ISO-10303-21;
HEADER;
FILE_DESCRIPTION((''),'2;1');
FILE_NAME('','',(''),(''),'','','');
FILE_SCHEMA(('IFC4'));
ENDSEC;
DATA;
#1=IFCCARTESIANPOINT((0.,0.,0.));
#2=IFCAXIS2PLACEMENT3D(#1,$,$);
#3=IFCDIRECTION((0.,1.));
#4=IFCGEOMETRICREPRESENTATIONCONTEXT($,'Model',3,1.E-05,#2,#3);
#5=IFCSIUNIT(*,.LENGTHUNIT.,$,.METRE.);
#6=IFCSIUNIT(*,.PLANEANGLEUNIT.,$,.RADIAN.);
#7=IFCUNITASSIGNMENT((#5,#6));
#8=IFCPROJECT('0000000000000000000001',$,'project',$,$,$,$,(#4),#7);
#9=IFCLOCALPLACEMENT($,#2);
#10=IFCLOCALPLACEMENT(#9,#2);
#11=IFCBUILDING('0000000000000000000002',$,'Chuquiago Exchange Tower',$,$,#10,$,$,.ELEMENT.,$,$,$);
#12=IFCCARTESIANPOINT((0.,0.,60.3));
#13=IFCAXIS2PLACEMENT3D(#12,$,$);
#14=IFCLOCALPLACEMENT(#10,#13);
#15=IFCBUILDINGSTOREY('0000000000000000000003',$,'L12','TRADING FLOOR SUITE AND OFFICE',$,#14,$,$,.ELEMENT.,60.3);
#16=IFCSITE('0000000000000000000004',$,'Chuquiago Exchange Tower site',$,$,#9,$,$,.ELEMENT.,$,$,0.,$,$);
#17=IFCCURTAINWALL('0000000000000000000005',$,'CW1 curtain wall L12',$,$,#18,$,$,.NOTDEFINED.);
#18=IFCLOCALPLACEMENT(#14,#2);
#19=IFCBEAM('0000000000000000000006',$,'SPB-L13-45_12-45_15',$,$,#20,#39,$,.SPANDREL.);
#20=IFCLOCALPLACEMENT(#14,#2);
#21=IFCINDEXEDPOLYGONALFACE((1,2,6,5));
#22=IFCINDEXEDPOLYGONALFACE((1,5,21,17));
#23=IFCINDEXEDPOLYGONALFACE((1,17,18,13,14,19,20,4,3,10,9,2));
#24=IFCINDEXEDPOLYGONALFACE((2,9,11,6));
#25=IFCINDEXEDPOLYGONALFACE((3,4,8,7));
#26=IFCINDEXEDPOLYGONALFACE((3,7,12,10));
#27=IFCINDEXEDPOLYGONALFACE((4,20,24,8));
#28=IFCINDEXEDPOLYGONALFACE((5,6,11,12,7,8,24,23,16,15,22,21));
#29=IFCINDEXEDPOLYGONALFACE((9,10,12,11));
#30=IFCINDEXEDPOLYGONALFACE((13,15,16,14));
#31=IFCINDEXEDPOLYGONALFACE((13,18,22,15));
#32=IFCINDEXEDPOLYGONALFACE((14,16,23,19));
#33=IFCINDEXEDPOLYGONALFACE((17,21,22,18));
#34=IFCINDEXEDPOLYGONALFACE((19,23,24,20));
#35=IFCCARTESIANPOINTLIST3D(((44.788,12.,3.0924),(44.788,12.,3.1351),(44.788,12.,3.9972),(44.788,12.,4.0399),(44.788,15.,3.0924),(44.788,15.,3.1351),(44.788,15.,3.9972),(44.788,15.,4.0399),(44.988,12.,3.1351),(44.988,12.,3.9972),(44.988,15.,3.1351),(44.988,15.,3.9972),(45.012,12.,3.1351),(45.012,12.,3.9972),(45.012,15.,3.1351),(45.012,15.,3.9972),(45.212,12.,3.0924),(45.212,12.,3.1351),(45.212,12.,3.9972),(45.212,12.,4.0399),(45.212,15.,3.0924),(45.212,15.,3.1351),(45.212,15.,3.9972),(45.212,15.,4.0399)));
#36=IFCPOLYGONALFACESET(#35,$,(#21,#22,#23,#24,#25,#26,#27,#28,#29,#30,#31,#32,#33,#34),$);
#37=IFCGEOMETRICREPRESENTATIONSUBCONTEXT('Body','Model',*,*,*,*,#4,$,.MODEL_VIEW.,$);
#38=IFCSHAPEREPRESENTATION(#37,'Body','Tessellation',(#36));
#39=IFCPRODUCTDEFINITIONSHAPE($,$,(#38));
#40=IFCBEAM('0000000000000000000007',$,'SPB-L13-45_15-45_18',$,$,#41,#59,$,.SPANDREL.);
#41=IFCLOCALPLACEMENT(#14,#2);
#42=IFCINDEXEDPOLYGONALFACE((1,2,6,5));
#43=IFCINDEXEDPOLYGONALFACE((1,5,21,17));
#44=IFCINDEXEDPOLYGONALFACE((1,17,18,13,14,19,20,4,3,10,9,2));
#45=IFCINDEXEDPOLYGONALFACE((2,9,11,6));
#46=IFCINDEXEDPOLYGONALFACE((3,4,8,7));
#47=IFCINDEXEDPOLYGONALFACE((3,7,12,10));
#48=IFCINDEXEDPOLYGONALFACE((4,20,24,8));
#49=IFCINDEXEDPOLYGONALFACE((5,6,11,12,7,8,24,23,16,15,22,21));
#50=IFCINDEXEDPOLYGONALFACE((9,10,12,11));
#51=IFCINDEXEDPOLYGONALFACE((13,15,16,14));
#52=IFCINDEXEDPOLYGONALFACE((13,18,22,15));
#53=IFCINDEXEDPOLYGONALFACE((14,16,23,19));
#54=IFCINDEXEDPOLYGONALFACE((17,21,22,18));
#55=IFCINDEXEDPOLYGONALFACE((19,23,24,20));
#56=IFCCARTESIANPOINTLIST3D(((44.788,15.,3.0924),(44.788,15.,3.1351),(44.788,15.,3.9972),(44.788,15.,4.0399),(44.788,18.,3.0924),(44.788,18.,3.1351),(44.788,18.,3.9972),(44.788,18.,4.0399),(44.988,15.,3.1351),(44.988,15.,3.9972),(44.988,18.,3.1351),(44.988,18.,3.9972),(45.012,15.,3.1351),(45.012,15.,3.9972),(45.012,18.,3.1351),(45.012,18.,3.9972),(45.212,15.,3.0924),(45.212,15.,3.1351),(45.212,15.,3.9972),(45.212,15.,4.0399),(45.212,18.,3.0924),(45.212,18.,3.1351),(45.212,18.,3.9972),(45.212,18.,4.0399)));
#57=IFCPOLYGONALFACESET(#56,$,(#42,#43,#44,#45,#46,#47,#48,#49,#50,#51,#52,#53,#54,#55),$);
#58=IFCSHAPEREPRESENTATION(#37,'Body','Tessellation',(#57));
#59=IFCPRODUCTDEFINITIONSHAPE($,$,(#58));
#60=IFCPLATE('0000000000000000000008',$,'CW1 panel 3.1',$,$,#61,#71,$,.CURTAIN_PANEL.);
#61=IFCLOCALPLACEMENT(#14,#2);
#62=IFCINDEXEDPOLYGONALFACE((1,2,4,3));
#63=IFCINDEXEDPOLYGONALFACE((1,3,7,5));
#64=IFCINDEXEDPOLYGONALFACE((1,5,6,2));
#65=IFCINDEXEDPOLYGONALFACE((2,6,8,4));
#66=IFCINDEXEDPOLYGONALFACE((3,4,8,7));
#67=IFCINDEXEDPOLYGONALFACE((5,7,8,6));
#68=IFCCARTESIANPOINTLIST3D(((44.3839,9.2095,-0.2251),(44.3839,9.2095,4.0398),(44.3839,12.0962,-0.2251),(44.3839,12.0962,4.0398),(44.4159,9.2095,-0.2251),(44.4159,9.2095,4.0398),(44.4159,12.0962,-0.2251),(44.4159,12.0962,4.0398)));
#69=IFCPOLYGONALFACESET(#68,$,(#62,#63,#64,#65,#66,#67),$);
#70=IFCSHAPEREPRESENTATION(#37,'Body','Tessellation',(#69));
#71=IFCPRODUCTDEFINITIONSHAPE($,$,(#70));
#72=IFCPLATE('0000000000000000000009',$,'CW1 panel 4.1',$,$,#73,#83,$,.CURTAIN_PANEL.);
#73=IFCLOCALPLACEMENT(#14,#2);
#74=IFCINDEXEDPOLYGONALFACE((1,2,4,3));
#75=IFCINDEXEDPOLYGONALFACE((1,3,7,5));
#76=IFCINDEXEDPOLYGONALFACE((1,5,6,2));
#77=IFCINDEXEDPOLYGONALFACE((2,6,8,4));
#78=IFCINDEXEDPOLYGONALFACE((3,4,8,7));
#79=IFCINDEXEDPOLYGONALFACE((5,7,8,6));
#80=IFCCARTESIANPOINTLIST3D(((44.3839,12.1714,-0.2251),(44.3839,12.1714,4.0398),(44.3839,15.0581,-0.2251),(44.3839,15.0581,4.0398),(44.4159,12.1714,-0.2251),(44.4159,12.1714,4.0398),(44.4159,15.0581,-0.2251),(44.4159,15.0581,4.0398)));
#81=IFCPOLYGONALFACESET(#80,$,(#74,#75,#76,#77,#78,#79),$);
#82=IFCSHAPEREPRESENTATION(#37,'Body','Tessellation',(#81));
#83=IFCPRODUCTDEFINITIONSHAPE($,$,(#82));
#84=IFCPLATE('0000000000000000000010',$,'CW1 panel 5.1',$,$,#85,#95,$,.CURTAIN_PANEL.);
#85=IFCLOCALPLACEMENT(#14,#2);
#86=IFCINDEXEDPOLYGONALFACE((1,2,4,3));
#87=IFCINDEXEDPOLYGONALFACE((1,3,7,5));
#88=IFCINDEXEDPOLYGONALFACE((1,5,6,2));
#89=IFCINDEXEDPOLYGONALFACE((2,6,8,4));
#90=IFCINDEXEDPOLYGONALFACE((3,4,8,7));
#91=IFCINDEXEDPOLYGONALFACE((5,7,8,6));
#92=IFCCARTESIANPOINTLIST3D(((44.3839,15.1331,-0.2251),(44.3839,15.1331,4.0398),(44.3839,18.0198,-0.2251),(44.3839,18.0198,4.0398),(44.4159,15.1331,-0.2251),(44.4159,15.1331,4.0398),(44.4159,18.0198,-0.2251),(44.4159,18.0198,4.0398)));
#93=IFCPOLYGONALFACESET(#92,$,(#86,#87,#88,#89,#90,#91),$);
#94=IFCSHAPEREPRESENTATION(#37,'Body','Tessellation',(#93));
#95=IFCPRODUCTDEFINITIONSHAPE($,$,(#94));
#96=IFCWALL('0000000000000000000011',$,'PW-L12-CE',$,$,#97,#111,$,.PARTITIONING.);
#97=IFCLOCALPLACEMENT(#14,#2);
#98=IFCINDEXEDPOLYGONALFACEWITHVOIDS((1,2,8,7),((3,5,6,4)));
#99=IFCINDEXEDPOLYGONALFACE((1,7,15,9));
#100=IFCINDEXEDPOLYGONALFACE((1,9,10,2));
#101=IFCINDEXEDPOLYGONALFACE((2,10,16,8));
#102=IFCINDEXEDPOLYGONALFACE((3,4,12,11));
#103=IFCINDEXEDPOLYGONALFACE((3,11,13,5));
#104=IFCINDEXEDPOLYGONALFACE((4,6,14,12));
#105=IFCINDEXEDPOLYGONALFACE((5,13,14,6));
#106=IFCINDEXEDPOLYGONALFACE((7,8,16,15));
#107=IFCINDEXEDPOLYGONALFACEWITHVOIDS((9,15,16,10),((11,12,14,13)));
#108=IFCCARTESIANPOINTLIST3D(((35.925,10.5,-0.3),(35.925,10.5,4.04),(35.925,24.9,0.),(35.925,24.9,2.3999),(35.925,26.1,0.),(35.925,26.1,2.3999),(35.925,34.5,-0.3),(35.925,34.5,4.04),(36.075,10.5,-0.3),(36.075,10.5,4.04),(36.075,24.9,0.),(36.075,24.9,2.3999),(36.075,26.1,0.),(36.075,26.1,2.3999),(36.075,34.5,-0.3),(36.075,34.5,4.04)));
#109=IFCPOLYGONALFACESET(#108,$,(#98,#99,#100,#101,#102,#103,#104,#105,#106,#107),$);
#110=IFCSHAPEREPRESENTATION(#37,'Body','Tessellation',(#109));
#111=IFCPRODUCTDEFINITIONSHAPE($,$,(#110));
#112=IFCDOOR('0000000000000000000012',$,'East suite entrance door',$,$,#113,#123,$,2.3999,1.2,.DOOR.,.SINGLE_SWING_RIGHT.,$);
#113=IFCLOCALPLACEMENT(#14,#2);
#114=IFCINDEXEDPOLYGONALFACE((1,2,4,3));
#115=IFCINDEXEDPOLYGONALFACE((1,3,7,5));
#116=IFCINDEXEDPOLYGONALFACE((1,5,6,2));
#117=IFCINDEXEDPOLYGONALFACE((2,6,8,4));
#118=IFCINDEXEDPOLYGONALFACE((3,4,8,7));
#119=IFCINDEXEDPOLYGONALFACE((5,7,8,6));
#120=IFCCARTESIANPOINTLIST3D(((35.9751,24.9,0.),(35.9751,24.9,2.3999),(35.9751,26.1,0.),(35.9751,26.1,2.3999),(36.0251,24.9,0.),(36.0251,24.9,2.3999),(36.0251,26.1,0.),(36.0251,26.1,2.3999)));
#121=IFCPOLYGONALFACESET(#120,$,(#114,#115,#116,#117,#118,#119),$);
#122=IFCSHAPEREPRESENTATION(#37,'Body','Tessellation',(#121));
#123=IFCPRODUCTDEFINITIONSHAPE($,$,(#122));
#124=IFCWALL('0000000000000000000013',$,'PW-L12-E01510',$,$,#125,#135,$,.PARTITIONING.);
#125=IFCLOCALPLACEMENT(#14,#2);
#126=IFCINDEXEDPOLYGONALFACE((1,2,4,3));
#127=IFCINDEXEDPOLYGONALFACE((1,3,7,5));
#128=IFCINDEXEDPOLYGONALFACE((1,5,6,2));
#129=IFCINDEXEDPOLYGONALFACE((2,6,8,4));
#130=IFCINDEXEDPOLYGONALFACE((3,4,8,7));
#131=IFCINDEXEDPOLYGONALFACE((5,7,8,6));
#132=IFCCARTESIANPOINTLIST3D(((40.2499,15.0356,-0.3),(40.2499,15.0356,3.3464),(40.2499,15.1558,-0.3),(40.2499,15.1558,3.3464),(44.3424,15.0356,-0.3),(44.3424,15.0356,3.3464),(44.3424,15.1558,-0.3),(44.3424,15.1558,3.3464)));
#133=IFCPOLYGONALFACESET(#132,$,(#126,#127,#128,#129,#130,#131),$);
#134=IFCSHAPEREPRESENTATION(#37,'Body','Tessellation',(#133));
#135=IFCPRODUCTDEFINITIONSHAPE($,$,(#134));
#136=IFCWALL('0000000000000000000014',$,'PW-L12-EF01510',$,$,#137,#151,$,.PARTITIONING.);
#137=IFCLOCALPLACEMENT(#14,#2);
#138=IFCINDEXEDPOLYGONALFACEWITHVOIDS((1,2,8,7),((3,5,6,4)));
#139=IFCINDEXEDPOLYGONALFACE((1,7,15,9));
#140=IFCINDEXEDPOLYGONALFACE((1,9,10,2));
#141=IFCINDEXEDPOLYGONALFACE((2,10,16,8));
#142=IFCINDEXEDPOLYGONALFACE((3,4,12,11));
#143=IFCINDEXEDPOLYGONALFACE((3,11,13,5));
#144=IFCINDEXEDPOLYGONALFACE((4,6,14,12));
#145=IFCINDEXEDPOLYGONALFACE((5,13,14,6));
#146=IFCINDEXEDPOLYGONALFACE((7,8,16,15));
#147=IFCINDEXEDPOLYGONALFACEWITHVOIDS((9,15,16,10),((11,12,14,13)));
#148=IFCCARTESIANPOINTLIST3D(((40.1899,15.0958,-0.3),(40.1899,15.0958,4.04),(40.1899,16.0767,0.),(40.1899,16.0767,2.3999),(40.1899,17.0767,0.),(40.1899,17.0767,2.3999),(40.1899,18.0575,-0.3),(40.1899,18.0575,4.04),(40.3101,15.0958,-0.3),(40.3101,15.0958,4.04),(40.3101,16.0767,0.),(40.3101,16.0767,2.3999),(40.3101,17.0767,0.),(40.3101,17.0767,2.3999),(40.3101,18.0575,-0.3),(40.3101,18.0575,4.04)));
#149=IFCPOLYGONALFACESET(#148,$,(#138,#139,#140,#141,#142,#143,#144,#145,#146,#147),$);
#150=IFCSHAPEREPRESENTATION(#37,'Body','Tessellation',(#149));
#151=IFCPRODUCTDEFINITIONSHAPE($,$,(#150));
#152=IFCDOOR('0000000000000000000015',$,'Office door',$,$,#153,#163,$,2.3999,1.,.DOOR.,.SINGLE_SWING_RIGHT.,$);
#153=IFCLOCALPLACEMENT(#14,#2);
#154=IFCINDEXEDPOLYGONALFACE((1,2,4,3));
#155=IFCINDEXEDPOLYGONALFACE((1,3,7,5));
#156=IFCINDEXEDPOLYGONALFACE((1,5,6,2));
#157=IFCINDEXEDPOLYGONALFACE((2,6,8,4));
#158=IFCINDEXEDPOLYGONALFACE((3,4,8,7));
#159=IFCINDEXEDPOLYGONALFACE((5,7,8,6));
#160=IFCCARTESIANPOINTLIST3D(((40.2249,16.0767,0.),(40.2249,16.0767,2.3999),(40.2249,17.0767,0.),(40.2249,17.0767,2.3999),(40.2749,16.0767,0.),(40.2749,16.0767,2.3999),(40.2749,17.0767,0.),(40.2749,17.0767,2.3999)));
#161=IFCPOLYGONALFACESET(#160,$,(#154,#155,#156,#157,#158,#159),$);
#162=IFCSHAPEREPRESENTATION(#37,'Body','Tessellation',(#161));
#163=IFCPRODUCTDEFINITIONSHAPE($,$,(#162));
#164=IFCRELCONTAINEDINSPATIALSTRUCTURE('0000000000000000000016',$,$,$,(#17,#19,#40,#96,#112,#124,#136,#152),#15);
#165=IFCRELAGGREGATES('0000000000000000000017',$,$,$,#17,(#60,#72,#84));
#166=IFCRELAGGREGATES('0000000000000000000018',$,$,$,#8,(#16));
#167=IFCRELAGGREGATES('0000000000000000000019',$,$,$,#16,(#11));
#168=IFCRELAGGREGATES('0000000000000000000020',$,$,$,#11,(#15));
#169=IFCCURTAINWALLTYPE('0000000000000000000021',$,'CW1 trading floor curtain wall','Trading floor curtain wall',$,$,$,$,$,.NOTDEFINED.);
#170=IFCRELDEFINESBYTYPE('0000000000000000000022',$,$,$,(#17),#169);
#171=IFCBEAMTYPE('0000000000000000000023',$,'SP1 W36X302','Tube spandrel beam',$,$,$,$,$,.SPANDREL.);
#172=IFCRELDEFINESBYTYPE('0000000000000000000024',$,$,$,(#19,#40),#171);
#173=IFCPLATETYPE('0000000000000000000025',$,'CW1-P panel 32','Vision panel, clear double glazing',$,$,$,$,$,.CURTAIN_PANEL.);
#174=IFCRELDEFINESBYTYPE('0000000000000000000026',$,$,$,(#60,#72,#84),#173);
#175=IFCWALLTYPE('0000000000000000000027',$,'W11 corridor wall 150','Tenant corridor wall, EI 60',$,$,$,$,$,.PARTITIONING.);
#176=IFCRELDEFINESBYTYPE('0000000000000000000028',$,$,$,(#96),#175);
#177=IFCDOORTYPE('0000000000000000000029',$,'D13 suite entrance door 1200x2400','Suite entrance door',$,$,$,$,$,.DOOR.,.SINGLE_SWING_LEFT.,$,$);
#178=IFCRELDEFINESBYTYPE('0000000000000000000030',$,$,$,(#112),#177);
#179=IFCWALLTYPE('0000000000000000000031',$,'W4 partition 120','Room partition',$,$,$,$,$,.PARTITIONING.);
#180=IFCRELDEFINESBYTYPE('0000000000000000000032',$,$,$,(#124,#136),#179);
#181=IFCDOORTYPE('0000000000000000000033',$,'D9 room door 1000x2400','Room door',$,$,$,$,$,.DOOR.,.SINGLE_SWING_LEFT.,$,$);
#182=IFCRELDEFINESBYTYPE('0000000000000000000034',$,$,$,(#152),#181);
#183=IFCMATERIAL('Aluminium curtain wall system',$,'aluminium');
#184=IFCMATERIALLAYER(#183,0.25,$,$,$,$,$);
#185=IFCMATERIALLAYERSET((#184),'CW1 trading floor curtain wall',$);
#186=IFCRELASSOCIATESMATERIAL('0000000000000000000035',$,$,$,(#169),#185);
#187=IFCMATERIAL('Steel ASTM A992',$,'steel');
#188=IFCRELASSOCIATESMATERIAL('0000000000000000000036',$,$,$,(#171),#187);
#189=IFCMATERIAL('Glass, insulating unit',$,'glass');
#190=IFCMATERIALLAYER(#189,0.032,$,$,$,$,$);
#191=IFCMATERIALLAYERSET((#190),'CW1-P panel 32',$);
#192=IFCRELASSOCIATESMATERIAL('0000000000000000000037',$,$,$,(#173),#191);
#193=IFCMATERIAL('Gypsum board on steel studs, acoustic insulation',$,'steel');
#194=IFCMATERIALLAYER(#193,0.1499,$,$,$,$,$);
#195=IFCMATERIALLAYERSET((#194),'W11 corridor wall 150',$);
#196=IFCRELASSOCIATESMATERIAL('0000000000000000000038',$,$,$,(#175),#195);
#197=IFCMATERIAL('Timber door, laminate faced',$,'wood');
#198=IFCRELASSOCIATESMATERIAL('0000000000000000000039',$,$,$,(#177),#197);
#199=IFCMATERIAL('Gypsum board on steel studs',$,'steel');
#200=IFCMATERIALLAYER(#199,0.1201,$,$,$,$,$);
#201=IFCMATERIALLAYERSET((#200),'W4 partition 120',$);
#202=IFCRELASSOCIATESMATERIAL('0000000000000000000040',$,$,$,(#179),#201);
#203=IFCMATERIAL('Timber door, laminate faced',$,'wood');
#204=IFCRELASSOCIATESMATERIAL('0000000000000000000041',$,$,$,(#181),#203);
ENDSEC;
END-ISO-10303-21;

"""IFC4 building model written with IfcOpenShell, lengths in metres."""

from ifc_helpers import new_model, si_unit, direction, frame, frame_2d, origin, origin_2d, place, context, subcontext, project, spatial, rectangle, i_section, extrude, material, layer, layer_set, material_profile, profile_set, type_object, element, fill, aggregate, save


model = new_model("IFC4")

# Units and contexts
model_context = context("Model", 3, precision=1e-05, world=origin(), true_north=direction((0.0, 1.0)))
body_context = subcontext(model_context, "Body", "Model", "MODEL_VIEW")
ifc_project = project(units=[si_unit("LENGTHUNIT", "METRE"), si_unit("PLANEANGLEUNIT", "RADIAN")], contexts=[model_context])

# Site, building, storey
site_placement = place(None, origin())
site = spatial("IfcSite", under=ifc_project, at=site_placement, Name="Chuquiago Exchange Tower site", CompositionType="ELEMENT", RefElevation=0.0)
building_placement = place(site_placement, origin())
building = spatial("IfcBuilding", under=site, at=building_placement, Name="Chuquiago Exchange Tower", CompositionType="ELEMENT")
storey_placement = place(building_placement, frame((0.0, 0.0, 60.3)))
storey = spatial("IfcBuildingStorey", under=building, at=storey_placement, Name="L12", Description="TRADING FLOOR SUITE AND OFFICE", CompositionType="ELEMENT", Elevation=60.3)

# Curtain wall
ifc_material_1 = material(Name="Aluminium curtain wall system", Category="aluminium")
ifc_layer_1 = layer(ifc_material_1, 0.25)
ifc_layer_set_1 = layer_set([ifc_layer_1], Name="CW1 trading floor curtain wall")
curtain_wall_type = type_object("IfcCurtainWallType", Name="CW1 trading floor curtain wall", Description="Trading floor curtain wall", PredefinedType="NOTDEFINED", material=ifc_layer_set_1)
curtain_wall_placement = place(storey_placement, origin())
curtain_wall = element("IfcCurtainWall", 1, at=curtain_wall_placement, inside=storey, type_object=curtain_wall_type, Name="CW1 curtain wall L12", PredefinedType="NOTDEFINED")

# Beams
ifc_material_2 = material(Name="Steel ASTM A992", Category="steel")
ifc_material_profile_1 = material_profile(ifc_material_2, i_section(OverallWidth=0.4241, OverallDepth=0.9475, WebThickness=0.0239, FlangeThickness=0.0427, at=origin_2d()), Name="W36X302")
ifc_profile_set_1 = profile_set([ifc_material_profile_1], Name="Steel ASTM A992")
beam_type_1 = type_object("IfcBeamType", Name="SP1 W36X302", Description="Tube spandrel beam", PredefinedType="SPANDREL", material=ifc_profile_set_1)
for number, where, z_axis, x_axis, name in (
    (2, (45.0, 12.0, 3.5662), (0.0, 1.0, 0.0), (-1.0, 0.0, 0.0), "SPB-L13-45_12-45_15"),
    (3, (45.0, 15.0, 3.5662), (0.0, 1.0, 0.0), (-1.0, 0.0, 0.0), "SPB-L13-45_15-45_18"),
):
    element("IfcBeam", number, at=place(storey_placement, frame(where, z_axis=z_axis, x_axis=x_axis)), inside=storey, type_object=beam_type_1, Name=name, PredefinedType="SPANDREL", context=body_context, shape_type="SweptSolid", body=[
        extrude(i_section(OverallWidth=0.4241, OverallDepth=0.9475, WebThickness=0.0239, FlangeThickness=0.0427, at=origin_2d()), origin(), (0.0, 0.0, 1.0), 3.0),
    ])

# Plates
ifc_material_3 = material(Name="Glass, insulating unit", Category="glass")
ifc_layer_2 = layer(ifc_material_3, 0.032)
ifc_layer_set_2 = layer_set([ifc_layer_2], Name="CW1-P panel 32")
plate_type = type_object("IfcPlateType", Name="CW1-P panel 32", Description="Vision panel, clear double glazing", PredefinedType="CURTAIN_PANEL", material=ifc_layer_set_2)
plate_1_placement = place(storey_placement, frame((44.3999, 10.6528, -0.2251), z_axis=(0.0, 0.0, 1.0), x_axis=(0.0, 1.0, 0.0)))
plate_1 = element("IfcPlate", 4, at=plate_1_placement, type_object=plate_type, Name="CW1 panel 3.1", PredefinedType="CURTAIN_PANEL", context=body_context, shape_type="SweptSolid", body=[
    extrude(rectangle(XDim=2.8867, YDim=0.032, at=origin_2d()), origin(), (0.0, 0.0, 1.0), 4.2649),
])
plate_2_placement = place(storey_placement, frame((44.3999, 13.6147, -0.2251), z_axis=(0.0, 0.0, 1.0), x_axis=(0.0, 1.0, 0.0)))
plate_2 = element("IfcPlate", 5, at=plate_2_placement, type_object=plate_type, Name="CW1 panel 4.1", PredefinedType="CURTAIN_PANEL", context=body_context, shape_type="SweptSolid", body=[
    extrude(rectangle(XDim=2.8867, YDim=0.032, at=origin_2d()), origin(), (0.0, 0.0, 1.0), 4.2649),
])
plate_3_placement = place(storey_placement, frame((44.3999, 16.5764, -0.2251), z_axis=(0.0, 0.0, 1.0), x_axis=(0.0, 1.0, 0.0)))
plate_3 = element("IfcPlate", 6, at=plate_3_placement, type_object=plate_type, Name="CW1 panel 5.1", PredefinedType="CURTAIN_PANEL", context=body_context, shape_type="SweptSolid", body=[
    extrude(rectangle(XDim=2.8867, YDim=0.032, at=origin_2d()), origin(), (0.0, 0.0, 1.0), 4.2649),
])
aggregate(curtain_wall, [plate_1, plate_2, plate_3])

# Wall, opening, door
ifc_material_4 = material(Name="Gypsum board on steel studs, acoustic insulation", Category="steel")
ifc_layer_3 = layer(ifc_material_4, 0.1499)
ifc_layer_set_3 = layer_set([ifc_layer_3], Name="W11 corridor wall 150")
wall_type_1 = type_object("IfcWallType", Name="W11 corridor wall 150", Description="Tenant corridor wall, EI 60", PredefinedType="PARTITIONING", material=ifc_layer_set_3)
wall_1_placement = place(storey_placement, frame((36.0, 10.5, -0.3), z_axis=(0.0, 0.0, 1.0), x_axis=(0.0, 1.0, 0.0)))
wall_1 = element("IfcWall", 7, at=wall_1_placement, inside=storey, type_object=wall_type_1, Name="PW-L12-CE", PredefinedType="PARTITIONING", context=body_context, shape_type="SweptSolid", body=[
    extrude(rectangle(XDim=24.0, YDim=0.1499, at=frame_2d((12.0, 0.0))), origin(), (0.0, 0.0, 1.0), 4.3401),
])
opening_1_placement = place(wall_1_placement, frame((14.3999, 0.0, 0.3)))
opening_1 = element("IfcOpeningElement", 8, at=opening_1_placement, cuts=wall_1, PredefinedType="OPENING", context=body_context, shape_type="SweptSolid", body=[
    extrude(rectangle(XDim=1.2, YDim=2.3999, at=frame_2d((0.6001, 1.2))), frame((0.0, 0.085, 0.0), z_axis=(0.0, -1.0, 0.0), x_axis=(1.0, 0.0, 0.0)), (0.0, 0.0, 1.0), 0.1699),
])
ifc_material_5 = material(Name="Timber door, laminate faced", Category="wood")
door_type_1 = type_object("IfcDoorType", Name="D13 suite entrance door 1200x2400", Description="Suite entrance door", OperationType="SINGLE_SWING_LEFT", PredefinedType="DOOR", material=ifc_material_5)
door_1_placement = place(opening_1_placement, origin())
door_1 = element("IfcDoor", 9, at=door_1_placement, inside=storey, type_object=door_type_1, Name="East suite entrance door", OperationType="SINGLE_SWING_RIGHT", OverallHeight=2.3999, OverallWidth=1.2, PredefinedType="DOOR", context=body_context, shape_type="SweptSolid", body=[
    extrude(rectangle(XDim=1.2, YDim=2.3999, at=frame_2d((0.6001, 1.2))), frame((0.0, 0.0249, 0.0), z_axis=(0.0, -1.0, 0.0), x_axis=(1.0, 0.0, 0.0)), (0.0, 0.0, 1.0), 0.05),
])
fill(opening_1, door_1)

# Wall
ifc_material_6 = material(Name="Gypsum board on steel studs", Category="steel")
ifc_layer_4 = layer(ifc_material_6, 0.1201)
ifc_layer_set_4 = layer_set([ifc_layer_4], Name="W4 partition 120")
wall_type_2 = type_object("IfcWallType", Name="W4 partition 120", Description="Room partition", PredefinedType="PARTITIONING", material=ifc_layer_set_4)
wall_2_placement = place(storey_placement, frame((44.3425, 15.0957, -0.3), z_axis=(0.0, 0.0, 1.0), x_axis=(-1.0, 0.0, 0.0)))
element("IfcWall", 10, at=wall_2_placement, inside=storey, type_object=wall_type_2, Name="PW-L12-E01510", PredefinedType="PARTITIONING", context=body_context, shape_type="SweptSolid", body=[
    extrude(rectangle(XDim=4.0925, YDim=0.1201, at=frame_2d((2.0464, 0.0))), origin(), (0.0, 0.0, 1.0), 3.6465),
])

# Wall, opening, door
wall_3_placement = place(storey_placement, frame((40.25, 15.0957, -0.3), z_axis=(0.0, 0.0, 1.0), x_axis=(0.0, 1.0, 0.0)))
wall_3 = element("IfcWall", 11, at=wall_3_placement, inside=storey, type_object=wall_type_2, Name="PW-L12-EF01510", PredefinedType="PARTITIONING", context=body_context, shape_type="SweptSolid", body=[
    extrude(rectangle(XDim=2.9617, YDim=0.1201, at=frame_2d((1.481, 0.0))), origin(), (0.0, 0.0, 1.0), 4.3401),
])
opening_2_placement = place(wall_3_placement, frame((0.981, 0.0, 0.3)))
opening_2 = element("IfcOpeningElement", 12, at=opening_2_placement, cuts=wall_3, PredefinedType="OPENING", context=body_context, shape_type="SweptSolid", body=[
    extrude(rectangle(XDim=1.0, YDim=2.3999, at=frame_2d((0.5, 1.2))), frame((0.0, 0.0701, 0.0), z_axis=(0.0, -1.0, 0.0), x_axis=(1.0, 0.0, 0.0)), (0.0, 0.0, 1.0), 0.1401),
])
ifc_material_7 = material(Name="Timber door, laminate faced", Category="wood")
door_type_2 = type_object("IfcDoorType", Name="D9 room door 1000x2400", Description="Room door", OperationType="SINGLE_SWING_LEFT", PredefinedType="DOOR", material=ifc_material_7)
door_2_placement = place(opening_2_placement, frame((1.0, 0.0, 0.0), z_axis=(0.0, 0.0, 1.0), x_axis=(-1.0, 0.0, 0.0)))
door_2 = element("IfcDoor", 13, at=door_2_placement, inside=storey, type_object=door_type_2, Name="Office door", OperationType="SINGLE_SWING_RIGHT", OverallHeight=2.3999, OverallWidth=1.0, PredefinedType="DOOR", context=body_context, shape_type="SweptSolid", body=[
    extrude(rectangle(XDim=1.0, YDim=2.3999, at=frame_2d((0.5, 1.2))), frame((0.0, 0.0249, 0.0), z_axis=(0.0, -1.0, 0.0), x_axis=(1.0, 0.0, 0.0)), (0.0, 0.0, 1.0), 0.05),
])
fill(opening_2, door_2)

save(model, "model.ifc")
